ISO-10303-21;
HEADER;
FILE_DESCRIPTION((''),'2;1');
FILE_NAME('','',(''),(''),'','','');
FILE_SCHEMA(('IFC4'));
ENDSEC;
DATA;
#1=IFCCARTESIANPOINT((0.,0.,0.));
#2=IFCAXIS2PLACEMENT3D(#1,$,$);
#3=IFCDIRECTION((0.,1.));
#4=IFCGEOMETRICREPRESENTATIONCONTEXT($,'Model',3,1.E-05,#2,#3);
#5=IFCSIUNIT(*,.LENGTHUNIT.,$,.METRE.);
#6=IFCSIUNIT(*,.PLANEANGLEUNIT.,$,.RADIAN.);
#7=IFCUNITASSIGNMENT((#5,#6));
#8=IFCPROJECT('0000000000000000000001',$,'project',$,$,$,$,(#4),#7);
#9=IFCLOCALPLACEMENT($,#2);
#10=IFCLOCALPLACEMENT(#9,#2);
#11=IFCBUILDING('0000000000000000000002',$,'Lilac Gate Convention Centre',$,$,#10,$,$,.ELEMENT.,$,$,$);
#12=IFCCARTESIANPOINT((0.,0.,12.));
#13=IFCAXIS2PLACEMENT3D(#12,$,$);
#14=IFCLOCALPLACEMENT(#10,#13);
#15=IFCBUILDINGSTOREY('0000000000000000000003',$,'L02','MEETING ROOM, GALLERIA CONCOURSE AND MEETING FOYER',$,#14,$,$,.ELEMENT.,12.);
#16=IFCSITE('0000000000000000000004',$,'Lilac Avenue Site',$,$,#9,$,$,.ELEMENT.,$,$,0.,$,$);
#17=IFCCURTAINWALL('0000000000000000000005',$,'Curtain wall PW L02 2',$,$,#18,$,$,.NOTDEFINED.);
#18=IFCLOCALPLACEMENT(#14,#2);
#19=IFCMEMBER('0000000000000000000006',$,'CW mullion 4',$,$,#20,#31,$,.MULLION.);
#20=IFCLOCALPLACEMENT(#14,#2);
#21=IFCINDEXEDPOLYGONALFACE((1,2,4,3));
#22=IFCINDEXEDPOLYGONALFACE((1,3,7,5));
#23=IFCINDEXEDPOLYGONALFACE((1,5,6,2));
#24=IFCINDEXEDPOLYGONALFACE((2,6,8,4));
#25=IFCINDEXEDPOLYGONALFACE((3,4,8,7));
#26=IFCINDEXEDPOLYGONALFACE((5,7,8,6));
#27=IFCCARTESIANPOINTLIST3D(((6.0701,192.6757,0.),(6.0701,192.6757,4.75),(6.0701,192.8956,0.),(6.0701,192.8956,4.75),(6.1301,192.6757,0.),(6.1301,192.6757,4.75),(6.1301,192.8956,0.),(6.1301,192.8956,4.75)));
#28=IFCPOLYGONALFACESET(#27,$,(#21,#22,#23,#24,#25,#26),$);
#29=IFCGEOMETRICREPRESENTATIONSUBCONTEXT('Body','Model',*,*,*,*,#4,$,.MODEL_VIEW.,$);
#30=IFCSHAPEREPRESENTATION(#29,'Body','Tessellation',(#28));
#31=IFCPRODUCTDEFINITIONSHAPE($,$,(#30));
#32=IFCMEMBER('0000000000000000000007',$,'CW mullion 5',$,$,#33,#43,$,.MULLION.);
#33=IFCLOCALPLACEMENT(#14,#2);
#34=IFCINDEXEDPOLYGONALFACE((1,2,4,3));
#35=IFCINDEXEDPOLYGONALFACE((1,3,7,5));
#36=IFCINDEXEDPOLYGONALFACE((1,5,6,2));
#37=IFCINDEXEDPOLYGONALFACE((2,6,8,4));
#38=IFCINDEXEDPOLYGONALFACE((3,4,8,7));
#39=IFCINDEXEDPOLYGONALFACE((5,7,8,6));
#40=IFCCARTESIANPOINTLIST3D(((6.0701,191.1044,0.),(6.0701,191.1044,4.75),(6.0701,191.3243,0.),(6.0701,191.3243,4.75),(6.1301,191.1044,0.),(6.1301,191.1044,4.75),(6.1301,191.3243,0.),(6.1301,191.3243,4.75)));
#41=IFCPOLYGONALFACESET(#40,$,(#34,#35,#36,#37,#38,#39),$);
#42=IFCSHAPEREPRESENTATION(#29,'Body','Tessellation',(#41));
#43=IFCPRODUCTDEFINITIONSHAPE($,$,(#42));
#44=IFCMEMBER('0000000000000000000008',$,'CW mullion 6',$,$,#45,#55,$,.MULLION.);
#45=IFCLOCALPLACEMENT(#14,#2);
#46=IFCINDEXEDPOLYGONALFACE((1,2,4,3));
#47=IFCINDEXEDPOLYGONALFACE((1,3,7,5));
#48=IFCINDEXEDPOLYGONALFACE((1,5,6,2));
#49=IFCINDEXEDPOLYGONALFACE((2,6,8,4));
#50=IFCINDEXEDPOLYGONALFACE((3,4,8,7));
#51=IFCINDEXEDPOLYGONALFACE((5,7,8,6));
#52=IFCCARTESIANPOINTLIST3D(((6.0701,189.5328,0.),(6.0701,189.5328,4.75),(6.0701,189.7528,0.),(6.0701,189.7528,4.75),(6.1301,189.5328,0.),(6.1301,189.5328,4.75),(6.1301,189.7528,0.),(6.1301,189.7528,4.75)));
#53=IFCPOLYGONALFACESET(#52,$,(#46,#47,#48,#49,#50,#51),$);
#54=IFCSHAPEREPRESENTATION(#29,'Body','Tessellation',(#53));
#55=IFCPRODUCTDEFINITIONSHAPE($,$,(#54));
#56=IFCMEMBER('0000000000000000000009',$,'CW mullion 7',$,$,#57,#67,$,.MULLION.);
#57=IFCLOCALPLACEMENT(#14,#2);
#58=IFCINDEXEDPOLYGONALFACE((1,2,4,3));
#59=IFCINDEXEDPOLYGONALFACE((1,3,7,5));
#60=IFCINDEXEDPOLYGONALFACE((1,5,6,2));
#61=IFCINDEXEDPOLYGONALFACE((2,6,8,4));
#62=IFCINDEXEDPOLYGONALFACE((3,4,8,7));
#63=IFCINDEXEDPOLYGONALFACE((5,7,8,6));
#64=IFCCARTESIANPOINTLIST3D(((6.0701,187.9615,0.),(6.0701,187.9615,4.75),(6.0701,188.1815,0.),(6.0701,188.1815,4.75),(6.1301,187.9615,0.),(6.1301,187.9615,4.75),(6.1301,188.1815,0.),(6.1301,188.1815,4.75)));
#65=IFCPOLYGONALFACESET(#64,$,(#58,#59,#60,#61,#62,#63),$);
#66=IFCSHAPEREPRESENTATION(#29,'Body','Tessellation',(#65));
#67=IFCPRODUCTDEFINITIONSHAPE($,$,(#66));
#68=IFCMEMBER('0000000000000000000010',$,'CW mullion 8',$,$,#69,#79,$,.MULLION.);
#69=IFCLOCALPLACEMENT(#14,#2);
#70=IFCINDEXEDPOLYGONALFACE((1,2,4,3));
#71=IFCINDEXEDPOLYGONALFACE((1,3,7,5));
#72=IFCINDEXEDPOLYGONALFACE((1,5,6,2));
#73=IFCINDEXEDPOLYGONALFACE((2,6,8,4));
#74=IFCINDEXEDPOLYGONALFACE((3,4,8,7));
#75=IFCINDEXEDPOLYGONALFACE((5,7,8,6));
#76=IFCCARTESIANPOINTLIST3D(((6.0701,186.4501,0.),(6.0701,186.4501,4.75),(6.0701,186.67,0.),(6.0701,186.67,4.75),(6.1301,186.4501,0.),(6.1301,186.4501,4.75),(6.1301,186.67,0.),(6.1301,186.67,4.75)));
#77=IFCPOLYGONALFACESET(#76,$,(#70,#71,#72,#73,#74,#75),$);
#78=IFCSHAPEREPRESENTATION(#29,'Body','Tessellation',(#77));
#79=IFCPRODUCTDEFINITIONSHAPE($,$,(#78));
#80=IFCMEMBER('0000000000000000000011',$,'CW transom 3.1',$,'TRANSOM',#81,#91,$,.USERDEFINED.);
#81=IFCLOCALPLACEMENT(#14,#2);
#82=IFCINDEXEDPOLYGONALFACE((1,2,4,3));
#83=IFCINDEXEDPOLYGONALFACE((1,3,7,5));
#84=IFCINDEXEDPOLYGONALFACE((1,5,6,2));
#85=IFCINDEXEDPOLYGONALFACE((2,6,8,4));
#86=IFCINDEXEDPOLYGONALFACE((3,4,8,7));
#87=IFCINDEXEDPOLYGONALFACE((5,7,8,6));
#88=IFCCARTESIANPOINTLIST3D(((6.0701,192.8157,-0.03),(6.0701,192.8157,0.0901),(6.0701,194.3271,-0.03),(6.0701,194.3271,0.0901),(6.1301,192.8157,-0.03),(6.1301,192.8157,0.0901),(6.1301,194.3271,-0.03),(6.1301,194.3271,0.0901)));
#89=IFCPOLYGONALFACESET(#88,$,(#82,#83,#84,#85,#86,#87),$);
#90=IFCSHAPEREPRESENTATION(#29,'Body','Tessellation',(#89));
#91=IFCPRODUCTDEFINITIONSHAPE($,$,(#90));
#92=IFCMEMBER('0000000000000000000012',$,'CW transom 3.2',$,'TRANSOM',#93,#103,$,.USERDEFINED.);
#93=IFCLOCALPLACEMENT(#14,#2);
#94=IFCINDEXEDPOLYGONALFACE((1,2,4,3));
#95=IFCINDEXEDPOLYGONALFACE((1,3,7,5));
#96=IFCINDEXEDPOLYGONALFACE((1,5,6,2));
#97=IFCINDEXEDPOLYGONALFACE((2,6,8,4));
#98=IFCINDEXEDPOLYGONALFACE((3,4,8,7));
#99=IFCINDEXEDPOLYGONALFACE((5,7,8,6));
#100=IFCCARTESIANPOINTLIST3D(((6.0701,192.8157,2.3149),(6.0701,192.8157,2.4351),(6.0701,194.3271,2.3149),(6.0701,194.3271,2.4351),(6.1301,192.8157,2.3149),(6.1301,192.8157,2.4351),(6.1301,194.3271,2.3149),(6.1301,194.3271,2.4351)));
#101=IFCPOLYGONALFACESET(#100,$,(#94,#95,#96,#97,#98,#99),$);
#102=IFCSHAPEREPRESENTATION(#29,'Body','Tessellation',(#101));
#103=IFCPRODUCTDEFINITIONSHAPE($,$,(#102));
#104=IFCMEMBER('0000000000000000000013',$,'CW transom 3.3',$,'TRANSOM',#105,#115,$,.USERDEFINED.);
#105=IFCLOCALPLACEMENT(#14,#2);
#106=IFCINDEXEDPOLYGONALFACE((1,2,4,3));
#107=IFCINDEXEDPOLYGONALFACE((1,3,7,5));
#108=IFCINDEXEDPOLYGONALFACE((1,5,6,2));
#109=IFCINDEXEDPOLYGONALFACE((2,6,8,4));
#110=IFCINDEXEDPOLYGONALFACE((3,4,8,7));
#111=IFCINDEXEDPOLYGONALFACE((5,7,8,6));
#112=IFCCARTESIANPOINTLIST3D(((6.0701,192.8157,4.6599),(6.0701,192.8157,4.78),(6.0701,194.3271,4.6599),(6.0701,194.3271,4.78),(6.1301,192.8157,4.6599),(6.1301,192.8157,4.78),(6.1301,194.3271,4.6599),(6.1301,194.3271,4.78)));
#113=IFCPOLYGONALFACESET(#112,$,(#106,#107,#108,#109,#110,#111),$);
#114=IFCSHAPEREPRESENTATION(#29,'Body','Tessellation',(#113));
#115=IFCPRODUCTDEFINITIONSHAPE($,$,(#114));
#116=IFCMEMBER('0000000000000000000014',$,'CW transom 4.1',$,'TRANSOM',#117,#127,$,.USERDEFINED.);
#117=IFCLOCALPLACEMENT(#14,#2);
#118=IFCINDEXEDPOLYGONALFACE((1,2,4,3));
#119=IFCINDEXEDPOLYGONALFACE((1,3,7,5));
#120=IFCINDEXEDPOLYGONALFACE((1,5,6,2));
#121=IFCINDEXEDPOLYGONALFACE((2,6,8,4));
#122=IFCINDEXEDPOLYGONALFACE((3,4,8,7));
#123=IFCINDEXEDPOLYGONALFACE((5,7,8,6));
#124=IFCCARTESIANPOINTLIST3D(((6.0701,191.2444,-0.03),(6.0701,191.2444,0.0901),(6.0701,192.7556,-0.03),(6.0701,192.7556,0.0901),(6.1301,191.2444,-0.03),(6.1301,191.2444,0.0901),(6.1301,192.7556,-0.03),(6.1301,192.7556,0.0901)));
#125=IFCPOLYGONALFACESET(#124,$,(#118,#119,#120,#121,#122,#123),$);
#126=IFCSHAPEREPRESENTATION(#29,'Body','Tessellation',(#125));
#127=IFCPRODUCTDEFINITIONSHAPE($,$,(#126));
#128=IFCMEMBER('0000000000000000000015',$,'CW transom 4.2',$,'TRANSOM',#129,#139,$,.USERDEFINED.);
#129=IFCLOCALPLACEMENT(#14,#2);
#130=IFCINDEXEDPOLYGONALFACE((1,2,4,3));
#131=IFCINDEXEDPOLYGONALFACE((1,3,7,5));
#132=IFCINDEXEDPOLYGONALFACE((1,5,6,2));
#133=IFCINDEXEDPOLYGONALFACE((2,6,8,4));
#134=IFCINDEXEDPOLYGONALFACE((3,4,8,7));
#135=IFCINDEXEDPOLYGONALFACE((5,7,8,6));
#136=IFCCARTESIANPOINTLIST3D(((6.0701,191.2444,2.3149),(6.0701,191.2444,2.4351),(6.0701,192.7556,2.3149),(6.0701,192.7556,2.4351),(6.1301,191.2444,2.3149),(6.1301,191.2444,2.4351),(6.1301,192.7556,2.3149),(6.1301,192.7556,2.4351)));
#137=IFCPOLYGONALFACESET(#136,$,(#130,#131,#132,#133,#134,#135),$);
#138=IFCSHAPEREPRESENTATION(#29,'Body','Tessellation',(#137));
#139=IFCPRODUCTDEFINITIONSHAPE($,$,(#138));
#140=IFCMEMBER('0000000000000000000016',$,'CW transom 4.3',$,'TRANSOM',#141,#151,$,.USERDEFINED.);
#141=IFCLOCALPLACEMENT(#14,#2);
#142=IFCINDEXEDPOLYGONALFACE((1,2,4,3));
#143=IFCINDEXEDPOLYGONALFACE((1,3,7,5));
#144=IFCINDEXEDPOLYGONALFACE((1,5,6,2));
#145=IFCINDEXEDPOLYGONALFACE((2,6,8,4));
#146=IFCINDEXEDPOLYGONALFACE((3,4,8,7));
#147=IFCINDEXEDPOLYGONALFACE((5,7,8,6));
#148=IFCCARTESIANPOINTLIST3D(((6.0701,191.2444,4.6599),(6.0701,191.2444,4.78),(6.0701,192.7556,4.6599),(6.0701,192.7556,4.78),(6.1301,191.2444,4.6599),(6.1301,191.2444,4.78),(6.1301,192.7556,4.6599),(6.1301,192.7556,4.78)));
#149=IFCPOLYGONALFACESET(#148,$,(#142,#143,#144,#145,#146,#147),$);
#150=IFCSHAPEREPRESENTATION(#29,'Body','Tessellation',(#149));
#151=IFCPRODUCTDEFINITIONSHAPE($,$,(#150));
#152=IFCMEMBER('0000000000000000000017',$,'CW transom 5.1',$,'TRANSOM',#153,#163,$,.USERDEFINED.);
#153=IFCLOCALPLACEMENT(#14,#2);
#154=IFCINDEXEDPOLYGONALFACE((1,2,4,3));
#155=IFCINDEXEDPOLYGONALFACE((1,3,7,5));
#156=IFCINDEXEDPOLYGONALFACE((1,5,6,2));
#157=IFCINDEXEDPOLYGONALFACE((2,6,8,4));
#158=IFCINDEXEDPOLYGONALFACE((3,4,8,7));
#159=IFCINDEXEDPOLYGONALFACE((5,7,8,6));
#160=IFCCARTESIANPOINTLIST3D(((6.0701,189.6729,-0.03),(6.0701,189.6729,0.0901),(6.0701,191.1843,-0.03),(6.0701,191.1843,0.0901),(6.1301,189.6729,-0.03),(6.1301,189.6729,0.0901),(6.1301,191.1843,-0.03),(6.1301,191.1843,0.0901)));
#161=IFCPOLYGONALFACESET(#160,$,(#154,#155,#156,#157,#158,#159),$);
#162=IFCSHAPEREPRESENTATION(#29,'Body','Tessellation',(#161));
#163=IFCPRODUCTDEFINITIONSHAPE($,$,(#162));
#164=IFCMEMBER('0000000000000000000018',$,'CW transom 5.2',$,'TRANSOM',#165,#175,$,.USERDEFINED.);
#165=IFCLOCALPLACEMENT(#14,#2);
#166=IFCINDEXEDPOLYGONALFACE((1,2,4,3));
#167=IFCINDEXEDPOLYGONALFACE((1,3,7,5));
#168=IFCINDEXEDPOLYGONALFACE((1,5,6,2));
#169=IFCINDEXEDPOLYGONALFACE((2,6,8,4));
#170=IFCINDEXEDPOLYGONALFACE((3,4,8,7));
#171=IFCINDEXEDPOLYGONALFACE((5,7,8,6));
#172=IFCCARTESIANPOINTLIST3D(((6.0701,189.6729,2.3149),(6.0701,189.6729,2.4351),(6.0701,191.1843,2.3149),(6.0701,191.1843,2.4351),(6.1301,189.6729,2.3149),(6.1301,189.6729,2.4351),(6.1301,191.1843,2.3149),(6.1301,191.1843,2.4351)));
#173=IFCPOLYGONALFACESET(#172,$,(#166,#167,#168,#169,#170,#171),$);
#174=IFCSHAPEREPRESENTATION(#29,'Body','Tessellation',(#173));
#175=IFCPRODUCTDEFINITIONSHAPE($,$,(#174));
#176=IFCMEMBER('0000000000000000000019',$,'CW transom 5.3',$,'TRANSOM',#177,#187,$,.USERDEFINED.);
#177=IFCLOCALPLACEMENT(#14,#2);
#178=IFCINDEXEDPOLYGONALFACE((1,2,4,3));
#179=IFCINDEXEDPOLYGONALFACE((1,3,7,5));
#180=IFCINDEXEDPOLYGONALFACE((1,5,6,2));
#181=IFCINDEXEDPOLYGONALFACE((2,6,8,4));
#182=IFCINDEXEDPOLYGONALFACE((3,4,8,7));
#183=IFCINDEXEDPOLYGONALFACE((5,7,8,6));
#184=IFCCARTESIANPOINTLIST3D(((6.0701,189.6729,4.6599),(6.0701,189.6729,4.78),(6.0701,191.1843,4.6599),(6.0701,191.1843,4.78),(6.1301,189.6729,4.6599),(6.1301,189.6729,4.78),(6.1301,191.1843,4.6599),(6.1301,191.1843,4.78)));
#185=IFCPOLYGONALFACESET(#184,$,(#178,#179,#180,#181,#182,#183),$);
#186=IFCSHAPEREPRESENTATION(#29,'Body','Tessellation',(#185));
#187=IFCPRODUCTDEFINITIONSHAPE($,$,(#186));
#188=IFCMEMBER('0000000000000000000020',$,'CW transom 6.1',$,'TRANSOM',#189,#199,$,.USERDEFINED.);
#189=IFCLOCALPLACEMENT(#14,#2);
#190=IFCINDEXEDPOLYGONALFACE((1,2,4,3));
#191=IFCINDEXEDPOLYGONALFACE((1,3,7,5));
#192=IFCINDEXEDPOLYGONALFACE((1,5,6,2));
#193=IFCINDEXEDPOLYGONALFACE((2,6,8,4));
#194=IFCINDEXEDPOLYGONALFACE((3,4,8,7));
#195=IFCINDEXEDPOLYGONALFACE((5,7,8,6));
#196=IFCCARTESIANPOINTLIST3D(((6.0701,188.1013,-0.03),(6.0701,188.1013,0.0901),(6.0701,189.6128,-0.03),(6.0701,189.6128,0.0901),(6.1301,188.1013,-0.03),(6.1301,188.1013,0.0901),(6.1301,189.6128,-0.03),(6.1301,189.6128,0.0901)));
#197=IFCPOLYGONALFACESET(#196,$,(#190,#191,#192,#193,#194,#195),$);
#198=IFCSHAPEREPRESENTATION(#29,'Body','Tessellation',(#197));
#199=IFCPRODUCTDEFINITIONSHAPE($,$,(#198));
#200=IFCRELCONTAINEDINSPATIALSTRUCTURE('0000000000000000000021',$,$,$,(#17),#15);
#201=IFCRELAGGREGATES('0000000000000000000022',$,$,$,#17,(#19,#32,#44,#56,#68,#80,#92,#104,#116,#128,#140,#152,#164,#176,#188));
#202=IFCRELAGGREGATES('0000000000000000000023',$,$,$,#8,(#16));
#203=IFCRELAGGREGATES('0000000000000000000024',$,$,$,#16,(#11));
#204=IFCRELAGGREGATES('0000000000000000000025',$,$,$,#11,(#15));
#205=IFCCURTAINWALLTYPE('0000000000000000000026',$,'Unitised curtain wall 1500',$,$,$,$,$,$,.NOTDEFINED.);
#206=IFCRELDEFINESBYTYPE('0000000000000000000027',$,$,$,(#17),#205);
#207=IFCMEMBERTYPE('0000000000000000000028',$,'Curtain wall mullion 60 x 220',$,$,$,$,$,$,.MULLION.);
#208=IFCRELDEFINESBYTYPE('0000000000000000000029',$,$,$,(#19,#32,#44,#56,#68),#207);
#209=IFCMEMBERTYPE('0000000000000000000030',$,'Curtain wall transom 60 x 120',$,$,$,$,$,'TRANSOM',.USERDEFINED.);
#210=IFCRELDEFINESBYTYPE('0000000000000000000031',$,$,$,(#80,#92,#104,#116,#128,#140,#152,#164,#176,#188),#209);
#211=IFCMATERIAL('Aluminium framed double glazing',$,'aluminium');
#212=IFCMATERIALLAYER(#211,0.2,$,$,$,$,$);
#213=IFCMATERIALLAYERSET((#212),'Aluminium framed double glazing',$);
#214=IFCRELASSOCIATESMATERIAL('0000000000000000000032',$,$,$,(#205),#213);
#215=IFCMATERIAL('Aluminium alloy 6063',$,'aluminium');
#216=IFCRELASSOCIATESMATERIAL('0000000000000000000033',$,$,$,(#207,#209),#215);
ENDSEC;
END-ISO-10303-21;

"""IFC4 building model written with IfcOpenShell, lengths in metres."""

from ifc_helpers import new_model, si_unit, direction, frame, origin, origin_2d, place, context, subcontext, project, spatial, rectangle, extrude, material, layer, layer_set, material_profile, profile_set, type_object, element, aggregate, save


model = new_model("IFC4")

# Units and contexts
model_context = context("Model", 3, precision=1e-05, world=origin(), true_north=direction((0.0, 1.0)))
body_context = subcontext(model_context, "Body", "Model", "MODEL_VIEW")
ifc_project = project(units=[si_unit("LENGTHUNIT", "METRE"), si_unit("PLANEANGLEUNIT", "RADIAN")], contexts=[model_context])

# Site, building, storey
site_placement = place(None, origin())
site = spatial("IfcSite", under=ifc_project, at=site_placement, Name="Lilac Avenue Site", CompositionType="ELEMENT", RefElevation=0.0)
building_placement = place(site_placement, origin())
building = spatial("IfcBuilding", under=site, at=building_placement, Name="Lilac Gate Convention Centre", CompositionType="ELEMENT")
storey_placement = place(building_placement, frame((0.0, 0.0, 12.0)))
storey = spatial("IfcBuildingStorey", under=building, at=storey_placement, Name="L02", Description="MEETING ROOM, GALLERIA CONCOURSE AND MEETING FOYER", CompositionType="ELEMENT", Elevation=12.0)

# Curtain wall, members
ifc_material_1 = material(Name="Aluminium framed double glazing", Category="aluminium")
ifc_layer_1 = layer(ifc_material_1, 0.2)
ifc_layer_set_1 = layer_set([ifc_layer_1], Name="Aluminium framed double glazing")
curtain_wall_type = type_object("IfcCurtainWallType", Name="Unitised curtain wall 1500", PredefinedType="NOTDEFINED", material=ifc_layer_set_1)
curtain_wall_placement = place(storey_placement, origin())
curtain_wall = element("IfcCurtainWall", 1, at=curtain_wall_placement, inside=storey, type_object=curtain_wall_type, Name="Curtain wall PW L02 2", PredefinedType="NOTDEFINED")
ifc_material_2 = material(Name="Aluminium alloy 6063", Category="aluminium")
ifc_material_profile_1 = material_profile(ifc_material_2, rectangle(XDim=0.0601, YDim=0.22, at=origin_2d()), Name="Curtain wall mullion 60 x 220")
ifc_profile_set_1 = profile_set([ifc_material_profile_1], Name="Aluminium alloy 6063")
member_type_1 = type_object("IfcMemberType", Name="Curtain wall mullion 60 x 220", PredefinedType="MULLION", material=ifc_profile_set_1)
member_1_placement = place(storey_placement, frame((6.1001, 192.7856, 0.0), z_axis=(0.0, 0.0, 1.0), x_axis=(1.0, 0.0, 0.0)))
member_1 = element("IfcMember", 2, at=member_1_placement, type_object=member_type_1, Name="CW mullion 4", PredefinedType="MULLION", context=body_context, shape_type="SweptSolid", body=[
    extrude(rectangle(XDim=0.0601, YDim=0.22, at=origin_2d()), origin(), (0.0, 0.0, 1.0), 4.75),
])
member_2_placement = place(storey_placement, frame((6.1001, 191.2144, 0.0), z_axis=(0.0, 0.0, 1.0), x_axis=(1.0, 0.0, 0.0)))
member_2 = element("IfcMember", 3, at=member_2_placement, type_object=member_type_1, Name="CW mullion 5", PredefinedType="MULLION", context=body_context, shape_type="SweptSolid", body=[
    extrude(rectangle(XDim=0.0601, YDim=0.22, at=origin_2d()), origin(), (0.0, 0.0, 1.0), 4.75),
])
member_3_placement = place(storey_placement, frame((6.1001, 189.6428, 0.0), z_axis=(0.0, 0.0, 1.0), x_axis=(1.0, 0.0, 0.0)))
member_3 = element("IfcMember", 4, at=member_3_placement, type_object=member_type_1, Name="CW mullion 6", PredefinedType="MULLION", context=body_context, shape_type="SweptSolid", body=[
    extrude(rectangle(XDim=0.0601, YDim=0.22, at=origin_2d()), origin(), (0.0, 0.0, 1.0), 4.75),
])
member_4_placement = place(storey_placement, frame((6.1001, 188.0715, 0.0), z_axis=(0.0, 0.0, 1.0), x_axis=(1.0, 0.0, 0.0)))
member_4 = element("IfcMember", 5, at=member_4_placement, type_object=member_type_1, Name="CW mullion 7", PredefinedType="MULLION", context=body_context, shape_type="SweptSolid", body=[
    extrude(rectangle(XDim=0.0601, YDim=0.22, at=origin_2d()), origin(), (0.0, 0.0, 1.0), 4.75),
])
member_5_placement = place(storey_placement, frame((6.1001, 186.5601, 0.0), z_axis=(0.0, 0.0, 1.0), x_axis=(1.0, 0.0, 0.0)))
member_5 = element("IfcMember", 6, at=member_5_placement, type_object=member_type_1, Name="CW mullion 8", PredefinedType="MULLION", context=body_context, shape_type="SweptSolid", body=[
    extrude(rectangle(XDim=0.0601, YDim=0.22, at=origin_2d()), origin(), (0.0, 0.0, 1.0), 4.75),
])
ifc_material_profile_2 = material_profile(ifc_material_2, rectangle(XDim=0.0601, YDim=0.1201, at=origin_2d()), Name="Curtain wall transom 60 x 120")
ifc_profile_set_2 = profile_set([ifc_material_profile_2], Name="Aluminium alloy 6063")
member_type_2 = type_object("IfcMemberType", Name="Curtain wall transom 60 x 120", ElementType="TRANSOM", PredefinedType="USERDEFINED", material=ifc_profile_set_2)
member_6_placement = place(storey_placement, frame((6.1001, 194.3271, 0.03), z_axis=(0.0, -1.0, 0.0), x_axis=(1.0, 0.0, 0.0)))
member_6 = element("IfcMember", 7, at=member_6_placement, type_object=member_type_2, Name="CW transom 3.1", ObjectType="TRANSOM", PredefinedType="USERDEFINED", context=body_context, shape_type="SweptSolid", body=[
    extrude(rectangle(XDim=0.0601, YDim=0.1201, at=origin_2d()), origin(), (0.0, 0.0, 1.0), 1.5115),
])
member_7_placement = place(storey_placement, frame((6.1001, 194.3271, 2.375), z_axis=(0.0, -1.0, 0.0), x_axis=(1.0, 0.0, 0.0)))
member_7 = element("IfcMember", 8, at=member_7_placement, type_object=member_type_2, Name="CW transom 3.2", ObjectType="TRANSOM", PredefinedType="USERDEFINED", context=body_context, shape_type="SweptSolid", body=[
    extrude(rectangle(XDim=0.0601, YDim=0.1201, at=origin_2d()), origin(), (0.0, 0.0, 1.0), 1.5115),
])
member_8_placement = place(storey_placement, frame((6.1001, 194.3271, 4.72), z_axis=(0.0, -1.0, 0.0), x_axis=(1.0, 0.0, 0.0)))
member_8 = element("IfcMember", 9, at=member_8_placement, type_object=member_type_2, Name="CW transom 3.3", ObjectType="TRANSOM", PredefinedType="USERDEFINED", context=body_context, shape_type="SweptSolid", body=[
    extrude(rectangle(XDim=0.0601, YDim=0.1201, at=origin_2d()), origin(), (0.0, 0.0, 1.0), 1.5115),
])
member_9_placement = place(storey_placement, frame((6.1001, 192.7556, 0.03), z_axis=(0.0, -1.0, 0.0), x_axis=(1.0, 0.0, 0.0)))
member_9 = element("IfcMember", 10, at=member_9_placement, type_object=member_type_2, Name="CW transom 4.1", ObjectType="TRANSOM", PredefinedType="USERDEFINED", context=body_context, shape_type="SweptSolid", body=[
    extrude(rectangle(XDim=0.0601, YDim=0.1201, at=origin_2d()), origin(), (0.0, 0.0, 1.0), 1.5112),
])
member_10_placement = place(storey_placement, frame((6.1001, 192.7556, 2.375), z_axis=(0.0, -1.0, 0.0), x_axis=(1.0, 0.0, 0.0)))
member_10 = element("IfcMember", 11, at=member_10_placement, type_object=member_type_2, Name="CW transom 4.2", ObjectType="TRANSOM", PredefinedType="USERDEFINED", context=body_context, shape_type="SweptSolid", body=[
    extrude(rectangle(XDim=0.0601, YDim=0.1201, at=origin_2d()), origin(), (0.0, 0.0, 1.0), 1.5112),
])
member_11_placement = place(storey_placement, frame((6.1001, 192.7556, 4.72), z_axis=(0.0, -1.0, 0.0), x_axis=(1.0, 0.0, 0.0)))
member_11 = element("IfcMember", 12, at=member_11_placement, type_object=member_type_2, Name="CW transom 4.3", ObjectType="TRANSOM", PredefinedType="USERDEFINED", context=body_context, shape_type="SweptSolid", body=[
    extrude(rectangle(XDim=0.0601, YDim=0.1201, at=origin_2d()), origin(), (0.0, 0.0, 1.0), 1.5112),
])
member_12_placement = place(storey_placement, frame((6.1001, 191.1843, 0.03), z_axis=(0.0, -1.0, 0.0), x_axis=(1.0, 0.0, 0.0)))
member_12 = element("IfcMember", 13, at=member_12_placement, type_object=member_type_2, Name="CW transom 5.1", ObjectType="TRANSOM", PredefinedType="USERDEFINED", context=body_context, shape_type="SweptSolid", body=[
    extrude(rectangle(XDim=0.0601, YDim=0.1201, at=origin_2d()), origin(), (0.0, 0.0, 1.0), 1.5115),
])
member_13_placement = place(storey_placement, frame((6.1001, 191.1843, 2.375), z_axis=(0.0, -1.0, 0.0), x_axis=(1.0, 0.0, 0.0)))
member_13 = element("IfcMember", 14, at=member_13_placement, type_object=member_type_2, Name="CW transom 5.2", ObjectType="TRANSOM", PredefinedType="USERDEFINED", context=body_context, shape_type="SweptSolid", body=[
    extrude(rectangle(XDim=0.0601, YDim=0.1201, at=origin_2d()), origin(), (0.0, 0.0, 1.0), 1.5115),
])
member_14_placement = place(storey_placement, frame((6.1001, 191.1843, 4.72), z_axis=(0.0, -1.0, 0.0), x_axis=(1.0, 0.0, 0.0)))
member_14 = element("IfcMember", 15, at=member_14_placement, type_object=member_type_2, Name="CW transom 5.3", ObjectType="TRANSOM", PredefinedType="USERDEFINED", context=body_context, shape_type="SweptSolid", body=[
    extrude(rectangle(XDim=0.0601, YDim=0.1201, at=origin_2d()), origin(), (0.0, 0.0, 1.0), 1.5115),
])
member_15_placement = place(storey_placement, frame((6.1001, 189.6128, 0.03), z_axis=(0.0, -1.0, 0.0), x_axis=(1.0, 0.0, 0.0)))
member_15 = element("IfcMember", 16, at=member_15_placement, type_object=member_type_2, Name="CW transom 6.1", ObjectType="TRANSOM", PredefinedType="USERDEFINED", context=body_context, shape_type="SweptSolid", body=[
    extrude(rectangle(XDim=0.0601, YDim=0.1201, at=origin_2d()), origin(), (0.0, 0.0, 1.0), 1.5115),
])

aggregate(curtain_wall, [member_1, member_2, member_3, member_4, member_5, member_6, member_7, member_8, member_9, member_10, member_11, member_12, member_13, member_14, member_15])

save(model, "model.ifc")
